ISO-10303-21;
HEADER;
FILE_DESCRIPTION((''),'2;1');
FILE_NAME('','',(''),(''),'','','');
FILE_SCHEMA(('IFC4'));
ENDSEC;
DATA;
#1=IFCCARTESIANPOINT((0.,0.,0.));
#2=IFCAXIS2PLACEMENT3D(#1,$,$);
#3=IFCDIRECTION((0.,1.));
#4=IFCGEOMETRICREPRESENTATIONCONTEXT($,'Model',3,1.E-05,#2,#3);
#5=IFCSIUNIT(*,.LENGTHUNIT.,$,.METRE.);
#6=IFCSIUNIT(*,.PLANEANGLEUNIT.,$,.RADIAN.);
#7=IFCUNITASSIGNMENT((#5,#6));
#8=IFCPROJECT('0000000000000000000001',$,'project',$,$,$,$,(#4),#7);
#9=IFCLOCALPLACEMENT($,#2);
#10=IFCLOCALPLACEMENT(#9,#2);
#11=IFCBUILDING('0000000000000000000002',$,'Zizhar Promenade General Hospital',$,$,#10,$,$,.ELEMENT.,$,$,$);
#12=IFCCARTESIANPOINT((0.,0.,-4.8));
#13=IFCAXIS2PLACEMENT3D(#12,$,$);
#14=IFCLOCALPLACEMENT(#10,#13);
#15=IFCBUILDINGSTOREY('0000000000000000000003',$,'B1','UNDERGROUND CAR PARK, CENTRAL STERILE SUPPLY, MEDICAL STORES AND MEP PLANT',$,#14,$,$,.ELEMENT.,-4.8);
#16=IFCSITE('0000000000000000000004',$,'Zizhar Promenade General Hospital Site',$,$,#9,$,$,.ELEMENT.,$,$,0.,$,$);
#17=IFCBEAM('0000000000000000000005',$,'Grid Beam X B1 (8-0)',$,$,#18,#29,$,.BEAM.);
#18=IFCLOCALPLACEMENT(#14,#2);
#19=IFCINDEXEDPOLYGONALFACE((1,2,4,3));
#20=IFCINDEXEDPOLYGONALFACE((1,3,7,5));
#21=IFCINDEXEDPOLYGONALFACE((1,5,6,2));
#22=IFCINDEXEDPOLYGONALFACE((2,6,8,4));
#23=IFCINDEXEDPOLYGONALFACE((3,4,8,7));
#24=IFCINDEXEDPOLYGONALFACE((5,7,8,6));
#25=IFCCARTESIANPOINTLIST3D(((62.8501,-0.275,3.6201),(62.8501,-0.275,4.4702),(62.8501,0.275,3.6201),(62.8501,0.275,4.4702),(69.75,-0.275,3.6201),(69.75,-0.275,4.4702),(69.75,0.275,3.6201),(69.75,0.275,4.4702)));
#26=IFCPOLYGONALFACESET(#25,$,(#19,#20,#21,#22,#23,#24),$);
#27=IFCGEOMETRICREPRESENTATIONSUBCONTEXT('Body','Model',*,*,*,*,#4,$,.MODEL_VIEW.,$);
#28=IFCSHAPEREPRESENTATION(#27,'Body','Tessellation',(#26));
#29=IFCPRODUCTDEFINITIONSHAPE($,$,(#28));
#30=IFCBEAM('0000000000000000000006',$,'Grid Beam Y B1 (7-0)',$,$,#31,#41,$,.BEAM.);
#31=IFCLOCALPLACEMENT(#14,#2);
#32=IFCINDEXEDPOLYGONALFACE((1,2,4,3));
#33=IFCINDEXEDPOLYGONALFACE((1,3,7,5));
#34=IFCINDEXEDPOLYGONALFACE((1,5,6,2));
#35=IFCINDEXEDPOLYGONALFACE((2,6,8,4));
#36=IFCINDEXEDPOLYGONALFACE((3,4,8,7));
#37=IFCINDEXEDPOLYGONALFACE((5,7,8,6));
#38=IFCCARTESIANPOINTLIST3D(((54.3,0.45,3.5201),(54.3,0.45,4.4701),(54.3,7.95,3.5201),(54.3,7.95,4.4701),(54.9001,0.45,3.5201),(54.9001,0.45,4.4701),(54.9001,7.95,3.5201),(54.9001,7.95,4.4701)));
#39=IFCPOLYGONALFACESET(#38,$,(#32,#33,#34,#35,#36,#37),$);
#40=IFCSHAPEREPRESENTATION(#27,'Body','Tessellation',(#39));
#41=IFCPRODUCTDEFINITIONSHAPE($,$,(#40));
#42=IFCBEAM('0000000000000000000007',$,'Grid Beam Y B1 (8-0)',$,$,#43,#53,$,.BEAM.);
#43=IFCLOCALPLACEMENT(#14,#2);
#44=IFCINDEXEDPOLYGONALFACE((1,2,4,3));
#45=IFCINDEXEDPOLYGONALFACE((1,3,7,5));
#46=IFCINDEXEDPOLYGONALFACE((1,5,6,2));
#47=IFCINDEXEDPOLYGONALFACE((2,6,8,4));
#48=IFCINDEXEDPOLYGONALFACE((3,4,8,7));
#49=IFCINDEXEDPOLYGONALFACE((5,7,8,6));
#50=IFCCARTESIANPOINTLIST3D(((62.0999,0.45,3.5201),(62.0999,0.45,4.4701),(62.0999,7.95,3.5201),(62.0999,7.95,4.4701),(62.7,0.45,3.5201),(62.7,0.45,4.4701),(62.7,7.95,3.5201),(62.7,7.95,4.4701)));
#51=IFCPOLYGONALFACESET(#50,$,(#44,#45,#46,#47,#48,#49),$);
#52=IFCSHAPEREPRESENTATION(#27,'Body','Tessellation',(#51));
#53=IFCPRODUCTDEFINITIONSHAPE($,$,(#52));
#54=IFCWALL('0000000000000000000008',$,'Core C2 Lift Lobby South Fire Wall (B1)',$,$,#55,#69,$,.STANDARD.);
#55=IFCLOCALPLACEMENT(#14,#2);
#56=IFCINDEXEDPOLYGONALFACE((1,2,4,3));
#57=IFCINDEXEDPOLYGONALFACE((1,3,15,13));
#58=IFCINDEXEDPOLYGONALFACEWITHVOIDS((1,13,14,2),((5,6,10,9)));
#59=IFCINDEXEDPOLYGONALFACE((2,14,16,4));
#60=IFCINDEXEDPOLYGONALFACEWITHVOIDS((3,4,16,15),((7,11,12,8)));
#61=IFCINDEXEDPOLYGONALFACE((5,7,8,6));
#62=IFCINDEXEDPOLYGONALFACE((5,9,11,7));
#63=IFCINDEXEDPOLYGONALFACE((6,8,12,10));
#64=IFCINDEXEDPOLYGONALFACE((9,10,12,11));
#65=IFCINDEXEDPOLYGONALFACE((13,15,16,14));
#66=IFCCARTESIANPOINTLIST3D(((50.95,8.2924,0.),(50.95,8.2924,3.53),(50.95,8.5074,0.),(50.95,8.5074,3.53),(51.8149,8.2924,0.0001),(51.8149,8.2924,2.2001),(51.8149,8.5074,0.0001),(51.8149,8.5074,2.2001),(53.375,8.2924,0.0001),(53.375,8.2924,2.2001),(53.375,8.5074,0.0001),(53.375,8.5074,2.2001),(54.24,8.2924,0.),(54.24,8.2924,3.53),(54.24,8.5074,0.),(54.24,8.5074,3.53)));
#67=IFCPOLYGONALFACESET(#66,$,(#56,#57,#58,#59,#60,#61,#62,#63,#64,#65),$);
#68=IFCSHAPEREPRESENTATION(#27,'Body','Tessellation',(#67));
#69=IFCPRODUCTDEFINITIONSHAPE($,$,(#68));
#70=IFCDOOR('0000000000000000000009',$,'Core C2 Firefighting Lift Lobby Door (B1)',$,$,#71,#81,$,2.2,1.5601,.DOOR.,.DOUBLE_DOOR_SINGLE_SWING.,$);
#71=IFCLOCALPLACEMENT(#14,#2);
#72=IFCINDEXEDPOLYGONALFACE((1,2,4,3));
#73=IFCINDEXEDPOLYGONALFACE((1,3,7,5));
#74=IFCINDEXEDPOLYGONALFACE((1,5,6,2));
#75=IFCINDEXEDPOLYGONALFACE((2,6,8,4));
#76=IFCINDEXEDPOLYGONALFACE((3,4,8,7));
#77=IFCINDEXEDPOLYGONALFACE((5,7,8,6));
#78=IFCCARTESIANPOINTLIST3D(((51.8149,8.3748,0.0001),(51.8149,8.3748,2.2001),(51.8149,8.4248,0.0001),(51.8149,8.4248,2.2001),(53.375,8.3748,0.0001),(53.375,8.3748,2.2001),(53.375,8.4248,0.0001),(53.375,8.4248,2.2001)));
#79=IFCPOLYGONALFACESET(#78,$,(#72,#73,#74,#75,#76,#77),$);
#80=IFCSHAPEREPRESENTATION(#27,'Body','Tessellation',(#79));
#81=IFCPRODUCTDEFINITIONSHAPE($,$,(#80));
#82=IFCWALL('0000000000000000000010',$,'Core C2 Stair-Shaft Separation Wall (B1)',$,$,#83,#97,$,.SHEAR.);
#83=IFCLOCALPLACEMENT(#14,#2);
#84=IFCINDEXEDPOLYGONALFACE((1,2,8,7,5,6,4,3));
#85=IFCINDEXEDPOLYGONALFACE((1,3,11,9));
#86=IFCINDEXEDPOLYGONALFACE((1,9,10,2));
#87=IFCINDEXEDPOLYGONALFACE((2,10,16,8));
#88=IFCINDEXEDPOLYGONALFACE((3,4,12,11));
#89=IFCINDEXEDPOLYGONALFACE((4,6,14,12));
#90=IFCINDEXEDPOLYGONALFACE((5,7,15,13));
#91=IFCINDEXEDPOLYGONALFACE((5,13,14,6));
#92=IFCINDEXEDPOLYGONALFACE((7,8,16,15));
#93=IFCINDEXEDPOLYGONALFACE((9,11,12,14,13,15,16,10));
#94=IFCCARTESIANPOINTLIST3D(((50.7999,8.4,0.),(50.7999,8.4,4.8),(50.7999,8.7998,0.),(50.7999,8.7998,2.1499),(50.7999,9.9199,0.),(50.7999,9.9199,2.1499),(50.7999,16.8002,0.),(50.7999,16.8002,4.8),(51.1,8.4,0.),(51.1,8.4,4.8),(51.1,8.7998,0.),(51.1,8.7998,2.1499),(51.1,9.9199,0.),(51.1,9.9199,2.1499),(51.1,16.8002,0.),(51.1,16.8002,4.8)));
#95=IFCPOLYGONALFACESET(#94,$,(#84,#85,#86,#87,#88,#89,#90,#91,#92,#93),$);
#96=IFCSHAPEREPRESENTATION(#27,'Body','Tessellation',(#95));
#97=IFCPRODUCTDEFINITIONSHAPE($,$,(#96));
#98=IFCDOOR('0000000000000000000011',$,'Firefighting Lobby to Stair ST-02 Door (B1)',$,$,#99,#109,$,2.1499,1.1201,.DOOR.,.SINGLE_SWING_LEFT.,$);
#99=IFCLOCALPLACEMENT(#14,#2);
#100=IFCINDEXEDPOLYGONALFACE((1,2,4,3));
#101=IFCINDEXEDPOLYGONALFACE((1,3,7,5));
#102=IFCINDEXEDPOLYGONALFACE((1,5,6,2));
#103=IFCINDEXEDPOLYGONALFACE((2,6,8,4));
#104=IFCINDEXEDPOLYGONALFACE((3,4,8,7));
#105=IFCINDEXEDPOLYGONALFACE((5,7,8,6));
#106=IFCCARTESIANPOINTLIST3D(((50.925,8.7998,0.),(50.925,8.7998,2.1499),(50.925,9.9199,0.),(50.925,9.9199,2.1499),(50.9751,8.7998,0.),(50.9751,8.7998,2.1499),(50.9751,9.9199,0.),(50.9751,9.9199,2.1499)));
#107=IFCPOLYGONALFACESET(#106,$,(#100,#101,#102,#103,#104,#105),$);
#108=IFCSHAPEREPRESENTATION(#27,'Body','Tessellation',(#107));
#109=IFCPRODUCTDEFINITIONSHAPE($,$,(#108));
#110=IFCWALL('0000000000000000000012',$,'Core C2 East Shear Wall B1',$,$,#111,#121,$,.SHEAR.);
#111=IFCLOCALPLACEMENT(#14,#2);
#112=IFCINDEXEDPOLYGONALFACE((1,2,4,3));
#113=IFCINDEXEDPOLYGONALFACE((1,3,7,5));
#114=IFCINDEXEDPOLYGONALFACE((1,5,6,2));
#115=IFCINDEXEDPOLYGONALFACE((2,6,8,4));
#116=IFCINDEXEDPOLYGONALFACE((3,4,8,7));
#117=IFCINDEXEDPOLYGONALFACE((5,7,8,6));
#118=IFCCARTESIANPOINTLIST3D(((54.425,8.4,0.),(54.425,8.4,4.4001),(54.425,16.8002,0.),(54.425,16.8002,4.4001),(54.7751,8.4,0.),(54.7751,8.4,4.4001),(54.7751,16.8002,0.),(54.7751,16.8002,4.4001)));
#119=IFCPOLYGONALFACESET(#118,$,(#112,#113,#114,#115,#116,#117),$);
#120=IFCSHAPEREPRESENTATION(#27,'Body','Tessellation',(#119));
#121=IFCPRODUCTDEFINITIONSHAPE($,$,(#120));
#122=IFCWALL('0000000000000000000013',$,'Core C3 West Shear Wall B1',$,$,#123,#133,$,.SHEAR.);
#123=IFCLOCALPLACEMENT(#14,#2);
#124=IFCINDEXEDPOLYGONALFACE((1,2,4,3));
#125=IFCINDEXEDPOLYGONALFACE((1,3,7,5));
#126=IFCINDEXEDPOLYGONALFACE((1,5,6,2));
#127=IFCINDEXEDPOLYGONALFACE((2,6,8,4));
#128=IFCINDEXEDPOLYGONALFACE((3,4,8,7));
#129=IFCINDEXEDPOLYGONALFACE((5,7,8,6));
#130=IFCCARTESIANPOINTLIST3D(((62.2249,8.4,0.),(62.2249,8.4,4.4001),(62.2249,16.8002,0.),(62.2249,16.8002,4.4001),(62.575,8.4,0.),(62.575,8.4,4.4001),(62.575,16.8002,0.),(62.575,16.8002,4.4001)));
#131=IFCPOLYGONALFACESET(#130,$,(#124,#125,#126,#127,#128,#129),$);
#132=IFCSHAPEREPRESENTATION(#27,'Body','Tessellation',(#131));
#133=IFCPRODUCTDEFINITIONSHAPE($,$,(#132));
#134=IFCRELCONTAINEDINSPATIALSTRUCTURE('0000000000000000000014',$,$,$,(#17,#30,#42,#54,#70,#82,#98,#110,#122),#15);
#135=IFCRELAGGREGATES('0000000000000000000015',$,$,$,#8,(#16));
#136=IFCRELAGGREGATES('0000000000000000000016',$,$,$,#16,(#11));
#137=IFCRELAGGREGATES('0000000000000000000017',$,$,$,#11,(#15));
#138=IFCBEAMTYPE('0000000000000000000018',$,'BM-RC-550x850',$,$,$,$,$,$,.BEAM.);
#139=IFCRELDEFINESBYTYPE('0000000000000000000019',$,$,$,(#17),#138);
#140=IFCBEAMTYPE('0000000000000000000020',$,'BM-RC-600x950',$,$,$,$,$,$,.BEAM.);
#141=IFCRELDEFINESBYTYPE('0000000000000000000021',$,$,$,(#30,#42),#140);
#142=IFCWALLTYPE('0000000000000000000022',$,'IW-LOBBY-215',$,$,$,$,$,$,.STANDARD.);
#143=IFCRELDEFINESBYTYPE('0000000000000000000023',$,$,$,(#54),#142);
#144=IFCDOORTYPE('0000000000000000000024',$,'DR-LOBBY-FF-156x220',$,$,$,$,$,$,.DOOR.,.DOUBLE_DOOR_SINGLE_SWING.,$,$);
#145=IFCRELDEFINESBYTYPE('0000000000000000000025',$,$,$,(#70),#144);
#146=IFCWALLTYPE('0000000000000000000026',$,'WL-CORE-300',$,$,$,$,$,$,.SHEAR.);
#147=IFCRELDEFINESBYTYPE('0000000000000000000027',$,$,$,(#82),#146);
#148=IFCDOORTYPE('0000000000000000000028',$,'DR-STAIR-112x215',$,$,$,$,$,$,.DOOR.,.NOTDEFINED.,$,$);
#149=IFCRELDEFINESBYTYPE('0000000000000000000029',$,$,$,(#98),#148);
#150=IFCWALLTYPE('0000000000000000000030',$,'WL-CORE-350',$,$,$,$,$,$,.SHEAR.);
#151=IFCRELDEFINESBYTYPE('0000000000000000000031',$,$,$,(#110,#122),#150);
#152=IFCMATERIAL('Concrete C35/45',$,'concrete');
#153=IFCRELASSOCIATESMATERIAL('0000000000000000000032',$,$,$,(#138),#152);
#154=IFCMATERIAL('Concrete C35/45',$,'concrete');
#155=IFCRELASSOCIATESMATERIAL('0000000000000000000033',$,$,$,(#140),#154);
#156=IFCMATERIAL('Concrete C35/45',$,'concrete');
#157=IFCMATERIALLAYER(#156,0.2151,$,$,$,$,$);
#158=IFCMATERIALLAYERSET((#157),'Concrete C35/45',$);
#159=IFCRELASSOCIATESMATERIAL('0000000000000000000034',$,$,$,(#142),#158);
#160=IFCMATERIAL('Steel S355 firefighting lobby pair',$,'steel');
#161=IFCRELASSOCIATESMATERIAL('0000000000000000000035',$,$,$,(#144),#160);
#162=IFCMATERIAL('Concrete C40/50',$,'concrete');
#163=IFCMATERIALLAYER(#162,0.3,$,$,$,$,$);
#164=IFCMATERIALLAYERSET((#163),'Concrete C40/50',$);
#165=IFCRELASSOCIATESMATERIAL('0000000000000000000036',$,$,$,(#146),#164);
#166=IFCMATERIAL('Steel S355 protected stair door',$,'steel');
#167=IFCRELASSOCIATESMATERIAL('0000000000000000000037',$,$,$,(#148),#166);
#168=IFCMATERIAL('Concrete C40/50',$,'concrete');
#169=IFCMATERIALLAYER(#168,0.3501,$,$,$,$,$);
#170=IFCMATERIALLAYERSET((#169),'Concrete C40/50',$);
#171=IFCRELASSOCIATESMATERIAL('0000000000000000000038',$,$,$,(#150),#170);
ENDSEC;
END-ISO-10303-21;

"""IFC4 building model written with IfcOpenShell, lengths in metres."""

from ifc_helpers import new_model, si_unit, direction, frame, frame_2d, origin, origin_2d, place, context, subcontext, project, spatial, rectangle, extrude, material, layer, layer_set, material_profile, profile_set, type_object, element, fill, save


model = new_model("IFC4")

# Units and contexts
model_context = context("Model", 3, precision=1e-05, world=origin(), true_north=direction((0.0, 1.0)))
body_context = subcontext(model_context, "Body", "Model", "MODEL_VIEW")
ifc_project = project(units=[si_unit("LENGTHUNIT", "METRE"), si_unit("PLANEANGLEUNIT", "RADIAN")], contexts=[model_context])

# Site, building, storey
site_placement = place(None, origin())
site = spatial("IfcSite", under=ifc_project, at=site_placement, Name="Zizhar Promenade General Hospital Site", CompositionType="ELEMENT", RefElevation=0.0)
building_placement = place(site_placement, origin())
building = spatial("IfcBuilding", under=site, at=building_placement, Name="Zizhar Promenade General Hospital", CompositionType="ELEMENT")
storey_placement = place(building_placement, frame((0.0, 0.0, -4.8)))
storey = spatial("IfcBuildingStorey", under=building, at=storey_placement, Name="B1", Description="UNDERGROUND CAR PARK, CENTRAL STERILE SUPPLY, MEDICAL STORES AND MEP PLANT", CompositionType="ELEMENT", Elevation=-4.8)

# Beams
ifc_material_1 = material(Name="Concrete C35/45", Category="concrete")
ifc_material_profile_1 = material_profile(ifc_material_1, rectangle(XDim=0.55, YDim=0.8501, at=origin_2d()))
ifc_profile_set_1 = profile_set([ifc_material_profile_1], Name="Concrete C35/45")
beam_type_1 = type_object("IfcBeamType", Name="BM-RC-550x850", PredefinedType="BEAM", material=ifc_profile_set_1)
for number, where, z_axis, x_axis, name in (
    (1, (62.8501, 0.0, 4.0452), (1.0, 0.0, 0.0), (0.0, 1.0, 0.0), "Grid Beam X B1 (8-0)"),
):
    element("IfcBeam", number, at=place(storey_placement, frame(where, z_axis=z_axis, x_axis=x_axis)), inside=storey, type_object=beam_type_1, Name=name, PredefinedType="BEAM", context=body_context, shape_type="SweptSolid", body=[
        extrude(rectangle(XDim=0.55, YDim=0.8501, at=origin_2d()), origin(), (0.0, 0.0, 1.0), 6.8999),
    ])
ifc_material_2 = material(Name="Concrete C35/45", Category="concrete")
ifc_material_profile_2 = material_profile(ifc_material_2, rectangle(XDim=0.6001, YDim=0.95, at=origin_2d()))
ifc_profile_set_2 = profile_set([ifc_material_profile_2], Name="Concrete C35/45")
beam_type_2 = type_object("IfcBeamType", Name="BM-RC-600x950", PredefinedType="BEAM", material=ifc_profile_set_2)
for number, where, z_axis, x_axis, name in (
    (2, (54.6001, 0.45, 3.9951), (0.0, 1.0, 0.0), (-1.0, 0.0, 0.0), "Grid Beam Y B1 (7-0)"),
    (3, (62.3999, 0.45, 3.9951), (0.0, 1.0, 0.0), (-1.0, 0.0, 0.0), "Grid Beam Y B1 (8-0)"),
):
    element("IfcBeam", number, at=place(storey_placement, frame(where, z_axis=z_axis, x_axis=x_axis)), inside=storey, type_object=beam_type_2, Name=name, PredefinedType="BEAM", context=body_context, shape_type="SweptSolid", body=[
        extrude(rectangle(XDim=0.6001, YDim=0.95, at=origin_2d()), origin(), (0.0, 0.0, 1.0), 7.5),
    ])

# Walls, openings, doors
ifc_material_3 = material(Name="Concrete C35/45", Category="concrete")
ifc_layer_1 = layer(ifc_material_3, 0.2151)
ifc_layer_set_1 = layer_set([ifc_layer_1], Name="Concrete C35/45")
wall_type_1 = type_object("IfcWallType", Name="IW-LOBBY-215", PredefinedType="STANDARD", material=ifc_layer_set_1)
wall_1_placement = place(storey_placement, frame((50.95, 8.3999, 0.0), z_axis=(0.0, 0.0, 1.0), x_axis=(1.0, 0.0, 0.0)))
wall_1 = element("IfcWall", 4, at=wall_1_placement, inside=storey, type_object=wall_type_1, Name="Core C2 Lift Lobby South Fire Wall (B1)", PredefinedType="STANDARD", context=body_context, shape_type="SweptSolid", body=[
    extrude(rectangle(XDim=3.29, YDim=0.2151, at=frame_2d((1.645, 0.0))), origin(), (0.0, 0.0, 1.0), 3.53),
])
opening_1_placement = place(wall_1_placement, frame((0.865, 0.0, 0.0)))
opening_1 = element("IfcOpeningElement", 5, at=opening_1_placement, cuts=wall_1, PredefinedType="OPENING", context=body_context, shape_type="SweptSolid", body=[
    extrude(rectangle(XDim=1.5601, YDim=2.2, at=frame_2d((0.78, 1.1001))), frame((0.0, 0.1177, 0.0), z_axis=(0.0, -1.0, 0.0), x_axis=(1.0, 0.0, 0.0)), (0.0, 0.0, 1.0), 0.2351),
])
ifc_material_4 = material(Name="Steel S355 firefighting lobby pair", Category="steel")
door_type_1 = type_object("IfcDoorType", Name="DR-LOBBY-FF-156x220", OperationType="DOUBLE_DOOR_SINGLE_SWING", PredefinedType="DOOR", material=ifc_material_4)
door_1_placement = place(opening_1_placement, origin())
door_1 = element("IfcDoor", 6, at=door_1_placement, inside=storey, type_object=door_type_1, Name="Core C2 Firefighting Lift Lobby Door (B1)", OperationType="DOUBLE_DOOR_SINGLE_SWING", OverallHeight=2.2, OverallWidth=1.5601, PredefinedType="DOOR", context=body_context, shape_type="SweptSolid", body=[
    extrude(rectangle(XDim=1.5601, YDim=2.2, at=frame_2d((0.78, 1.1001))), frame((0.0, 0.0249, 0.0), z_axis=(0.0, -1.0, 0.0), x_axis=(1.0, 0.0, 0.0)), (0.0, 0.0, 1.0), 0.05),
])
fill(opening_1, door_1)
ifc_material_5 = material(Name="Concrete C40/50", Category="concrete")
ifc_layer_2 = layer(ifc_material_5, 0.3)
ifc_layer_set_2 = layer_set([ifc_layer_2], Name="Concrete C40/50")
wall_type_2 = type_object("IfcWallType", Name="WL-CORE-300", PredefinedType="SHEAR", material=ifc_layer_set_2)
wall_2_placement = place(storey_placement, frame((50.95, 8.3999, 0.0), z_axis=(0.0, 0.0, 1.0), x_axis=(0.0, 1.0, 0.0)))
wall_2 = element("IfcWall", 7, at=wall_2_placement, inside=storey, type_object=wall_type_2, Name="Core C2 Stair-Shaft Separation Wall (B1)", PredefinedType="SHEAR", context=body_context, shape_type="SweptSolid", body=[
    extrude(rectangle(XDim=8.4001, YDim=0.3, at=frame_2d((4.2002, 0.0))), origin(), (0.0, 0.0, 1.0), 4.8),
])
opening_2_placement = place(wall_2_placement, frame((0.3999, 0.0, 0.0)))
opening_2 = element("IfcOpeningElement", 8, at=opening_2_placement, cuts=wall_2, PredefinedType="OPENING", context=body_context, shape_type="SweptSolid", body=[
    extrude(rectangle(XDim=1.1201, YDim=2.1499, at=frame_2d((0.5601, 1.075))), frame((0.0, 0.1602, 0.0), z_axis=(0.0, -1.0, 0.0), x_axis=(1.0, 0.0, 0.0)), (0.0, 0.0, 1.0), 0.3201),
])
ifc_material_6 = material(Name="Steel S355 protected stair door", Category="steel")
door_type_2 = type_object("IfcDoorType", Name="DR-STAIR-112x215", OperationType="NOTDEFINED", PredefinedType="DOOR", material=ifc_material_6)
door_2_placement = place(opening_2_placement, origin())
door_2 = element("IfcDoor", 9, at=door_2_placement, inside=storey, type_object=door_type_2, Name="Firefighting Lobby to Stair ST-02 Door (B1)", OperationType="SINGLE_SWING_LEFT", OverallHeight=2.1499, OverallWidth=1.1201, PredefinedType="DOOR", context=body_context, shape_type="SweptSolid", body=[
    extrude(rectangle(XDim=1.1201, YDim=2.1499, at=frame_2d((0.5601, 1.075))), frame((0.0, 0.0249, 0.0), z_axis=(0.0, -1.0, 0.0), x_axis=(1.0, 0.0, 0.0)), (0.0, 0.0, 1.0), 0.05),
])
fill(opening_2, door_2)

# Walls
ifc_material_7 = material(Name="Concrete C40/50", Category="concrete")
ifc_layer_3 = layer(ifc_material_7, 0.3501)
ifc_layer_set_3 = layer_set([ifc_layer_3], Name="Concrete C40/50")
wall_type_3 = type_object("IfcWallType", Name="WL-CORE-350", PredefinedType="SHEAR", material=ifc_layer_set_3)
for number, where, z_axis, x_axis, name in (
    (10, (54.6001, 8.3999, 0.0), (0.0, 0.0, 1.0), (0.0, 1.0, 0.0), "Core C2 East Shear Wall B1"),
    (11, (62.3999, 8.3999, 0.0), (0.0, 0.0, 1.0), (0.0, 1.0, 0.0), "Core C3 West Shear Wall B1"),
):
    element("IfcWall", number, at=place(storey_placement, frame(where, z_axis=z_axis, x_axis=x_axis)), inside=storey, type_object=wall_type_3, Name=name, PredefinedType="SHEAR", context=body_context, shape_type="SweptSolid", body=[
        extrude(rectangle(XDim=8.4001, YDim=0.3501, at=frame_2d((4.2002, 0.0))), origin(), (0.0, 0.0, 1.0), 4.4001),
    ])

save(model, "model.ifc")
